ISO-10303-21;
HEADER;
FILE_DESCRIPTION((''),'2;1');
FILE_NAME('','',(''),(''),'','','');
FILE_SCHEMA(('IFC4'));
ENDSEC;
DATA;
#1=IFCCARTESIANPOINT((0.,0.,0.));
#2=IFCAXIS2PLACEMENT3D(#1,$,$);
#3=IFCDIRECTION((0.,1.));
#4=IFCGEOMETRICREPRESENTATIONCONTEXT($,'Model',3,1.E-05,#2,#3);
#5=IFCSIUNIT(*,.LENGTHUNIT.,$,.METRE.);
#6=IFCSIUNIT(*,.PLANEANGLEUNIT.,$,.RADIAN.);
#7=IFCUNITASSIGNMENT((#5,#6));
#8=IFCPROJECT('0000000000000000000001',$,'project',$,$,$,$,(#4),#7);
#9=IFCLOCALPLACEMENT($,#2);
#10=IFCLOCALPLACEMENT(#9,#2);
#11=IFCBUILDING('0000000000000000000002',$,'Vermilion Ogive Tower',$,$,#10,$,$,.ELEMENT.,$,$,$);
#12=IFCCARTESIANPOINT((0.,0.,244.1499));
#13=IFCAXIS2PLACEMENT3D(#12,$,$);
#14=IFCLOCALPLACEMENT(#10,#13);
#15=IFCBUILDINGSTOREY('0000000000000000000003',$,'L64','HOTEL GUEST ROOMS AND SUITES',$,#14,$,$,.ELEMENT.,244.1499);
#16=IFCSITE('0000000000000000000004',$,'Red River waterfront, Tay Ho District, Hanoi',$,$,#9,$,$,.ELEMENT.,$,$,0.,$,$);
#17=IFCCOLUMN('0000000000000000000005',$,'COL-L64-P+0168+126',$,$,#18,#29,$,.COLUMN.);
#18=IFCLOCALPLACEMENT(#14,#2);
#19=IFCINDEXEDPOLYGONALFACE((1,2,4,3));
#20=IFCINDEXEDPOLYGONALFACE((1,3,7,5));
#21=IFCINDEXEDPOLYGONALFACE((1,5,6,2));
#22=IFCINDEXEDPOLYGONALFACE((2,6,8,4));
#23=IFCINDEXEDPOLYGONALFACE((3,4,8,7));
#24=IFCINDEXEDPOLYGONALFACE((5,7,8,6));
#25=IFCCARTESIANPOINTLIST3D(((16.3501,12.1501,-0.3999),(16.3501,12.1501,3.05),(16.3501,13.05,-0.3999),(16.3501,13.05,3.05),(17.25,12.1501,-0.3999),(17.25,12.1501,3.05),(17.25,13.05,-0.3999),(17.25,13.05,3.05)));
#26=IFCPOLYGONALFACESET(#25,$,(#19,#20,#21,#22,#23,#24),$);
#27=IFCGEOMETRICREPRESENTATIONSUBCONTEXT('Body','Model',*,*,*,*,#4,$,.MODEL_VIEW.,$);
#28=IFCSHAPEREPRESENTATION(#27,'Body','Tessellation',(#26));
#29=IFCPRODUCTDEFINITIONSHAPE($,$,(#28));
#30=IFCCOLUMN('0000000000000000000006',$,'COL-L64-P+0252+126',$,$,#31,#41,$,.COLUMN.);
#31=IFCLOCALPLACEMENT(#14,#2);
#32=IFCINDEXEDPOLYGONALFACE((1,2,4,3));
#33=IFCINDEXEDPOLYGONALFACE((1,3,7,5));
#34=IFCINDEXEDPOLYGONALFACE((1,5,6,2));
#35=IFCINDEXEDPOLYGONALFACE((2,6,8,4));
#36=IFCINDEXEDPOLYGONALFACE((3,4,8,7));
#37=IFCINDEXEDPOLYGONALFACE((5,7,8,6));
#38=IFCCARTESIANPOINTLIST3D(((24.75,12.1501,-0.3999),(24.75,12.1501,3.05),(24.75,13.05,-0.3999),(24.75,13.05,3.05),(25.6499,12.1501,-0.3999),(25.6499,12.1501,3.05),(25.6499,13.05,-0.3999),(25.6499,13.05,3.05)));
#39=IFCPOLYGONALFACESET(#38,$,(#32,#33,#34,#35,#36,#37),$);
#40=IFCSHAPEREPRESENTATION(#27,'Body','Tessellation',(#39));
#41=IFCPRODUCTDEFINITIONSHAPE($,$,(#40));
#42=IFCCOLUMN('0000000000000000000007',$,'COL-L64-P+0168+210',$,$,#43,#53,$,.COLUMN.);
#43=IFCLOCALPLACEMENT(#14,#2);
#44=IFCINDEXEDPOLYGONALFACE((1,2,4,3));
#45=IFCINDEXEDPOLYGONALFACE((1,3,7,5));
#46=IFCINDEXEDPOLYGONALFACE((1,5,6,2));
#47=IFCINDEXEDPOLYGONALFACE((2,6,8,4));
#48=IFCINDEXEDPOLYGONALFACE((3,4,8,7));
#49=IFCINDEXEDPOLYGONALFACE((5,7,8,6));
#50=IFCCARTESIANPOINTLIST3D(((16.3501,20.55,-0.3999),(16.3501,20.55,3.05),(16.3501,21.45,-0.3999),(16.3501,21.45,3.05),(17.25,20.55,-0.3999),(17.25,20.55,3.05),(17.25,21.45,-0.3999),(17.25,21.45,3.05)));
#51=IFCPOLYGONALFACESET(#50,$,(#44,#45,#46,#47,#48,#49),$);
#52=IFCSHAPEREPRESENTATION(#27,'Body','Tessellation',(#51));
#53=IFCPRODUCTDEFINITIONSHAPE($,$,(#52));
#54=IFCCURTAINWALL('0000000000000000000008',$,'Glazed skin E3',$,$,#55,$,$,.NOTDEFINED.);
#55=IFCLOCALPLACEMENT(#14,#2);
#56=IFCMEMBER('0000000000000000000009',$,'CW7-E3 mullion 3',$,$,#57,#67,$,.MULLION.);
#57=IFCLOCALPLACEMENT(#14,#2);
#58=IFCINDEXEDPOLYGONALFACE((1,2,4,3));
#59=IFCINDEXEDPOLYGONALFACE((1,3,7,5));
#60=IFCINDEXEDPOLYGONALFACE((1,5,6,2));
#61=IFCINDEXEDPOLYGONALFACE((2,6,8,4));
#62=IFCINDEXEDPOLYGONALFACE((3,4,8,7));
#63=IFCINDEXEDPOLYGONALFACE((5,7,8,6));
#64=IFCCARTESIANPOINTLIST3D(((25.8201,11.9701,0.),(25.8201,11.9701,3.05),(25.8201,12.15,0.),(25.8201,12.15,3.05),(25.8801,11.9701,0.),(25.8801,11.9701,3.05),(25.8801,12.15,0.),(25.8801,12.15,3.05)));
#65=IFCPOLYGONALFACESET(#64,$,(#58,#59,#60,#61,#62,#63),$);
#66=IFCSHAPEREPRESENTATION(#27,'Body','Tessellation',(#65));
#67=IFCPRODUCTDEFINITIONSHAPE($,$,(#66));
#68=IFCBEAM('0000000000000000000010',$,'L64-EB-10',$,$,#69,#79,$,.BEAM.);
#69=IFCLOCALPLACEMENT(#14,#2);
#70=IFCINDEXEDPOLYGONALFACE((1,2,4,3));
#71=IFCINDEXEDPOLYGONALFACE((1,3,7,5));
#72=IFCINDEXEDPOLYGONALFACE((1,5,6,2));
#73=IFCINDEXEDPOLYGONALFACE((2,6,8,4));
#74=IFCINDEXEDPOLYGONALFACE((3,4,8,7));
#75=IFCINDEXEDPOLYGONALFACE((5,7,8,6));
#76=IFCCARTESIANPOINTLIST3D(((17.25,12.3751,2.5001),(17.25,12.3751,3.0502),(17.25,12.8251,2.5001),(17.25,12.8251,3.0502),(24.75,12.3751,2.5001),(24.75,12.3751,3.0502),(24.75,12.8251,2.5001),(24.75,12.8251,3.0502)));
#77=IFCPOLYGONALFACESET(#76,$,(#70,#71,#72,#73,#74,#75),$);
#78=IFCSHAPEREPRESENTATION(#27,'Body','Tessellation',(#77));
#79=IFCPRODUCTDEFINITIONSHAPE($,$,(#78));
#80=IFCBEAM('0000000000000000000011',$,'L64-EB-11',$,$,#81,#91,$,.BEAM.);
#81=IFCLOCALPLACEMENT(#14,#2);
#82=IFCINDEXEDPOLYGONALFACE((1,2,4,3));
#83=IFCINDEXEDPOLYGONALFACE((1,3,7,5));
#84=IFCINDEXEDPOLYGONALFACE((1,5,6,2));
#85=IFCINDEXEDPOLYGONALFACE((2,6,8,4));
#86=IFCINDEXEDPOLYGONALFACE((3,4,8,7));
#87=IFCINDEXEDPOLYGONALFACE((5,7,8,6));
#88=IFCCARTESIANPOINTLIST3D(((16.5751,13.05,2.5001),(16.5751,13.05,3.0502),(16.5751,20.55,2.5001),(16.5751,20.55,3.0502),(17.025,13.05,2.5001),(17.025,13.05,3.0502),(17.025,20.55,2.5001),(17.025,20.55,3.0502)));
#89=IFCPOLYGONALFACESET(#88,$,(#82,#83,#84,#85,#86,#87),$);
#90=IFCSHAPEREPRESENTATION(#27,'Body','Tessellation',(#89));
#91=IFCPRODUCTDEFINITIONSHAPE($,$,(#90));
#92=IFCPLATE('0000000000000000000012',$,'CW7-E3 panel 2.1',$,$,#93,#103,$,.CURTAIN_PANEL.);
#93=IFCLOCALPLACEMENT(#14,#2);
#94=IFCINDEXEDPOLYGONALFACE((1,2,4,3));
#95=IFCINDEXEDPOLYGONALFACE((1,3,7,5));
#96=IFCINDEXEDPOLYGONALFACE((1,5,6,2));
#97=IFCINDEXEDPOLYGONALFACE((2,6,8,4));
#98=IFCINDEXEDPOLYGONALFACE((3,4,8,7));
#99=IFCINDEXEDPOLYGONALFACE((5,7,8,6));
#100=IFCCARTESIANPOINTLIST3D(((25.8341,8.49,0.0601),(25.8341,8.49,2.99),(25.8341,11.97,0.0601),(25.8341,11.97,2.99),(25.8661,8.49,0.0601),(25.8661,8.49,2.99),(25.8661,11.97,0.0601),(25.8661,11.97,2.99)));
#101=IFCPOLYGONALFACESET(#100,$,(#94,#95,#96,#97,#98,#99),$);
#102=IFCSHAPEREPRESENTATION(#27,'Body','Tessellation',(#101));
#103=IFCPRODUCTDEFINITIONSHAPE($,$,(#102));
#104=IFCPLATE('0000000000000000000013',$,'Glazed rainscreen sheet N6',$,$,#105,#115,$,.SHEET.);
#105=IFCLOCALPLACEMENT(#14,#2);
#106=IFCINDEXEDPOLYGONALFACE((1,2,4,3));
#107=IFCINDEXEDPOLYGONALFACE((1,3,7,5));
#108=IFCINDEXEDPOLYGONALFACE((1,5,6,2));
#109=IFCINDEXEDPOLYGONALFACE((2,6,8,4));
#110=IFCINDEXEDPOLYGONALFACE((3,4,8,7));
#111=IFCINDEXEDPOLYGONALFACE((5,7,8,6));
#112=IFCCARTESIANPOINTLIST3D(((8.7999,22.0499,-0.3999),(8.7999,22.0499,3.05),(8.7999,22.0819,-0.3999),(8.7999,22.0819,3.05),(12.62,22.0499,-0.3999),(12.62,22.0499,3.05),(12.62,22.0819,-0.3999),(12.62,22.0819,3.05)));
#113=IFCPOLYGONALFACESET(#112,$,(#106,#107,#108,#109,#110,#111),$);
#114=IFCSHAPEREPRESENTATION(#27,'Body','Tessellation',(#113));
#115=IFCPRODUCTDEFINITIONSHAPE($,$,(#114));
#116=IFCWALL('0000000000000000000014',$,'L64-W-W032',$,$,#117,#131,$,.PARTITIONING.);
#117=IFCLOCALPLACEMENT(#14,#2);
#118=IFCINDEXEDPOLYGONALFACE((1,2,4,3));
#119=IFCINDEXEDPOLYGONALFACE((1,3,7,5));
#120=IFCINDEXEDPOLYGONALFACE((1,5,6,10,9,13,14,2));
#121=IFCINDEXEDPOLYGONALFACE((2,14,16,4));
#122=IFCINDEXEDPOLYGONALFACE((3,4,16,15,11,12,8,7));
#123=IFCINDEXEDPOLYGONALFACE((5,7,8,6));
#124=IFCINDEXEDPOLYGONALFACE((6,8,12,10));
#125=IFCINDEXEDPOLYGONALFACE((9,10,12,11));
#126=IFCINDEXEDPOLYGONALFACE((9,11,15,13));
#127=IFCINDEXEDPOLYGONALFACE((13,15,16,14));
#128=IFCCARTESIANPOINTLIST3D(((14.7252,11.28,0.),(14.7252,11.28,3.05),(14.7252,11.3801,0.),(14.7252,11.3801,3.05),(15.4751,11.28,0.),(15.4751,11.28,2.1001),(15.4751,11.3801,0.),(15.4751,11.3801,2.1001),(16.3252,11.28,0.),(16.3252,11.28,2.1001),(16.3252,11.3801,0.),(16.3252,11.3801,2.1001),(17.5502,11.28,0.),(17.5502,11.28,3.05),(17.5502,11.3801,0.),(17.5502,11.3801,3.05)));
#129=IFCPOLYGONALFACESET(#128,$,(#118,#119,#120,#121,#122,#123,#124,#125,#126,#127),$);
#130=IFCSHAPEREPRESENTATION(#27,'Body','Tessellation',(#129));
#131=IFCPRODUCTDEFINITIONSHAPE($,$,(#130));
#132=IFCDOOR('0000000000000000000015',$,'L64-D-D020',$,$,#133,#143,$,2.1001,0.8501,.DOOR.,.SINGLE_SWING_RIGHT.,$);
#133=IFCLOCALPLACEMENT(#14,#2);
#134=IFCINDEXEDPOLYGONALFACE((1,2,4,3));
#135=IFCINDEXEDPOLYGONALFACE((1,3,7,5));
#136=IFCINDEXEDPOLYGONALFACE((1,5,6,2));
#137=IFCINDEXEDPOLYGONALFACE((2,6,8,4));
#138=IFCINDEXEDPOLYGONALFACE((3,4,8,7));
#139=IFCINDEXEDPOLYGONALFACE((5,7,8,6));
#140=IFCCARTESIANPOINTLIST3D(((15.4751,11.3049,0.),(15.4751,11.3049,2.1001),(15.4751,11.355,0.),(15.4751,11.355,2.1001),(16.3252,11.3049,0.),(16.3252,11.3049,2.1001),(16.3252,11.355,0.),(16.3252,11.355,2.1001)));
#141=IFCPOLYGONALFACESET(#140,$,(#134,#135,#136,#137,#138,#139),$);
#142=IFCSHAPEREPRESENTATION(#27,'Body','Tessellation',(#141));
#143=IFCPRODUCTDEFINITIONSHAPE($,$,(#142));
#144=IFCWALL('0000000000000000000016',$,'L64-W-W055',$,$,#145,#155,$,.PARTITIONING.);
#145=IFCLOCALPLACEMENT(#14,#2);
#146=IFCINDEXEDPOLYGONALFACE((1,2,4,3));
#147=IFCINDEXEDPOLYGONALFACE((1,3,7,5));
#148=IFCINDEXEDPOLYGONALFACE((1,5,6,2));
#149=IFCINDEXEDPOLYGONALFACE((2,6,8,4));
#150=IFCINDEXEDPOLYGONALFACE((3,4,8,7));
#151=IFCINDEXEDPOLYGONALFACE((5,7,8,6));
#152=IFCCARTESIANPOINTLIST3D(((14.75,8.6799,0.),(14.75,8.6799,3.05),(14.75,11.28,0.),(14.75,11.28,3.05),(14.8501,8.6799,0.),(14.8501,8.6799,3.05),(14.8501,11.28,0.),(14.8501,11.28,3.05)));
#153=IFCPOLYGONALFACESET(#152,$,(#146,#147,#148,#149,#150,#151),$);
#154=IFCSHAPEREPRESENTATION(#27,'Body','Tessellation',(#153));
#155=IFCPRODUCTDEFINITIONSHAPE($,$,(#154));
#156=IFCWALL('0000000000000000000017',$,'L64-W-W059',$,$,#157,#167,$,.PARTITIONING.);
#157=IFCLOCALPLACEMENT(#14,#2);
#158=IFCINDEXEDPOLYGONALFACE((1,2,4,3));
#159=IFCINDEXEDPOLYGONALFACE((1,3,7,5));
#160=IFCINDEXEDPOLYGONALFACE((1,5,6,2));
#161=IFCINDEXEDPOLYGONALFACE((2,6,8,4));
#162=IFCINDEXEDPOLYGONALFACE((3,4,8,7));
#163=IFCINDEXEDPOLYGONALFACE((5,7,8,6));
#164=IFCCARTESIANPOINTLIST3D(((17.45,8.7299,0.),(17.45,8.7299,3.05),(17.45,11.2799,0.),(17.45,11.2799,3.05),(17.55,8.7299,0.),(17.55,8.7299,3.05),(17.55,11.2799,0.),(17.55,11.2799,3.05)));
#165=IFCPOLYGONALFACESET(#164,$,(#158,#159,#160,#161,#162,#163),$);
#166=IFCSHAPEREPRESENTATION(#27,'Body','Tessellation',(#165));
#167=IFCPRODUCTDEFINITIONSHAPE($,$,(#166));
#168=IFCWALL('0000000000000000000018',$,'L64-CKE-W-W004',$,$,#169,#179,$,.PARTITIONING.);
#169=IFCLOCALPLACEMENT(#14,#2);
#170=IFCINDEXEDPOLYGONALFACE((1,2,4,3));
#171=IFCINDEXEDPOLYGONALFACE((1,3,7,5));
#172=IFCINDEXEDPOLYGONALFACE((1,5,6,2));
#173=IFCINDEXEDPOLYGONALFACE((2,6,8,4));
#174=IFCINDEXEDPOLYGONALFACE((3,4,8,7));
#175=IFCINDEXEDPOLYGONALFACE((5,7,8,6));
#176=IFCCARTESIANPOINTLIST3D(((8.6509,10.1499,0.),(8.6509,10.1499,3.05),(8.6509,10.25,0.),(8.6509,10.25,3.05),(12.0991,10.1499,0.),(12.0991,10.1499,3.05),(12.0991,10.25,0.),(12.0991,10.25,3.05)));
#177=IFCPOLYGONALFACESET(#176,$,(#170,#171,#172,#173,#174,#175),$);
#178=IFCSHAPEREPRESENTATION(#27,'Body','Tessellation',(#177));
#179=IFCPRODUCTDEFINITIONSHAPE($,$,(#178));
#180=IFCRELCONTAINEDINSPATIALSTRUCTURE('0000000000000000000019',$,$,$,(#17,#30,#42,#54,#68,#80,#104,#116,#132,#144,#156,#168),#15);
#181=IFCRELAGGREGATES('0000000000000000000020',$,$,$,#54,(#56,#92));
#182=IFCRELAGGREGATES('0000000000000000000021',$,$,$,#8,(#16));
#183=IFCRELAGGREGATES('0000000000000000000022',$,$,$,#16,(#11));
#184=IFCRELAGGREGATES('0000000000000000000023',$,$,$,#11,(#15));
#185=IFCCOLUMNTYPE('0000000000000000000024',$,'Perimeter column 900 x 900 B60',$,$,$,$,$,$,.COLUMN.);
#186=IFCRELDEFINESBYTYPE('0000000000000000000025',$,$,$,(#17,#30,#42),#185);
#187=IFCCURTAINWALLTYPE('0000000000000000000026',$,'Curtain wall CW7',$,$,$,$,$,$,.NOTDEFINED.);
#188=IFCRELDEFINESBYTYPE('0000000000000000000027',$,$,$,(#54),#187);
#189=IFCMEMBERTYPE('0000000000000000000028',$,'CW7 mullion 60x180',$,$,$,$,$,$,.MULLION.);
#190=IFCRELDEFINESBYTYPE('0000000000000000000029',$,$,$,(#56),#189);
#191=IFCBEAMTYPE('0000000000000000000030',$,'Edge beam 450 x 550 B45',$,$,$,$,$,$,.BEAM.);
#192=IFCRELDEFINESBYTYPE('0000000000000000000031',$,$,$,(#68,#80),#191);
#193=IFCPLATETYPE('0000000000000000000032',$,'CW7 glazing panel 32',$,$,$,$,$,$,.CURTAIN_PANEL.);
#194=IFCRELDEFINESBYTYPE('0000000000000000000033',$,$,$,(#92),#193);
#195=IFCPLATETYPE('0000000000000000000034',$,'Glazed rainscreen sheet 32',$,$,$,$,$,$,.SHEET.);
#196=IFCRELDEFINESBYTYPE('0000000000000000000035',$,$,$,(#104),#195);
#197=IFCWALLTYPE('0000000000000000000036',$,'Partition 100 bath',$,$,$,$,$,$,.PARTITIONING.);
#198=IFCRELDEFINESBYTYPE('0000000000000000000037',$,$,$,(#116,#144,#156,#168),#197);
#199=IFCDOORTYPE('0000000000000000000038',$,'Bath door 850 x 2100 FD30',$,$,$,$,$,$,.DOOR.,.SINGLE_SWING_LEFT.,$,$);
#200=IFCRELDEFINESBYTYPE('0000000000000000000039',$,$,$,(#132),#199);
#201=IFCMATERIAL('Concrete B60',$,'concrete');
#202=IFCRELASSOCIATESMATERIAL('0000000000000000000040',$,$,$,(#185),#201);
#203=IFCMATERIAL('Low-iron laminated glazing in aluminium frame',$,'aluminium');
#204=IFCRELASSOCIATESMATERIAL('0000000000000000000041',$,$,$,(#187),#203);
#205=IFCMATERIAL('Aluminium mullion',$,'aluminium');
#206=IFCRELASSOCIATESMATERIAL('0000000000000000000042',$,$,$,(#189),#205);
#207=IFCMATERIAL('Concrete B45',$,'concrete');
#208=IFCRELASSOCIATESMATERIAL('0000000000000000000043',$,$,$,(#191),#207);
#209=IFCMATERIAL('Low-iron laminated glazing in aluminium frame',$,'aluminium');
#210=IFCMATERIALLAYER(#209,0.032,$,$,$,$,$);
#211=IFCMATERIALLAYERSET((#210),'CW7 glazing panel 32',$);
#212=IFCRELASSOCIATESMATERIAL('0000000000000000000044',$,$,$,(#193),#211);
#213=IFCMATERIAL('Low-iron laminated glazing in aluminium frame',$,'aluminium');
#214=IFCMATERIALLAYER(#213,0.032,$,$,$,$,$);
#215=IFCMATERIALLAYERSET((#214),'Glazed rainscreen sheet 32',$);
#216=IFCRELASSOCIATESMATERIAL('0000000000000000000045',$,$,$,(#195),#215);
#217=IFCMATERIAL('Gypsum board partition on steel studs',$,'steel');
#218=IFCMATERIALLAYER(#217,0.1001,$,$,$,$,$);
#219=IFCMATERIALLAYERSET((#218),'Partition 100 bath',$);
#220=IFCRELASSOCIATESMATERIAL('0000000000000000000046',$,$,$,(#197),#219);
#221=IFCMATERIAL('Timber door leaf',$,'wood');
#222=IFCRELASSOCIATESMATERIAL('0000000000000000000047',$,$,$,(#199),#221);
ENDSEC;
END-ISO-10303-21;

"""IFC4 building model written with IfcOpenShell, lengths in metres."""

from ifc_helpers import new_model, si_unit, direction, frame, frame_2d, origin, origin_2d, place, context, subcontext, project, spatial, rectangle, extrude, material, layer, layer_set, material_profile, profile_set, type_object, element, fill, aggregate, save


model = new_model("IFC4")

# Units and contexts
model_context = context("Model", 3, precision=1e-05, world=origin(), true_north=direction((0.0, 1.0)))
body_context = subcontext(model_context, "Body", "Model", "MODEL_VIEW")
ifc_project = project(units=[si_unit("LENGTHUNIT", "METRE"), si_unit("PLANEANGLEUNIT", "RADIAN")], contexts=[model_context])

# Site, building, storey
site_placement = place(None, origin())
site = spatial("IfcSite", under=ifc_project, at=site_placement, Name="Red River waterfront, Tay Ho District, Hanoi", CompositionType="ELEMENT", RefElevation=0.0)
building_placement = place(site_placement, origin())
building = spatial("IfcBuilding", under=site, at=building_placement, Name="Vermilion Ogive Tower", CompositionType="ELEMENT")
storey_placement = place(building_placement, frame((0.0, 0.0, 244.1499)))
storey = spatial("IfcBuildingStorey", under=building, at=storey_placement, Name="L64", Description="HOTEL GUEST ROOMS AND SUITES", CompositionType="ELEMENT", Elevation=244.1499)

# Columns
ifc_material_1 = material(Name="Concrete B60", Category="concrete")
ifc_material_profile_1 = material_profile(ifc_material_1, rectangle(XDim=0.8999, YDim=0.8999, at=origin_2d()), Name="900 x 900")
ifc_profile_set_1 = profile_set([ifc_material_profile_1], Name="Concrete B60")
column_type = type_object("IfcColumnType", Name="Perimeter column 900 x 900 B60", PredefinedType="COLUMN", material=ifc_profile_set_1)
for number, where, z_axis, x_axis, name in (
    (1, (16.8, 12.6001, -0.3999), (0.0, 0.0, 1.0), (1.0, 0.0, 0.0), "COL-L64-P+0168+126"),
    (2, (25.2, 12.6001, -0.3999), (0.0, 0.0, 1.0), (1.0, 0.0, 0.0), "COL-L64-P+0252+126"),
    (3, (16.8, 21.0, -0.3999), (0.0, 0.0, 1.0), (1.0, 0.0, 0.0), "COL-L64-P+0168+210"),
):
    element("IfcColumn", number, at=place(storey_placement, frame(where, z_axis=z_axis, x_axis=x_axis)), inside=storey, type_object=column_type, Name=name, PredefinedType="COLUMN", context=body_context, shape_type="SweptSolid", body=[
        extrude(rectangle(XDim=0.8999, YDim=0.8999, at=origin_2d()), origin(), (0.0, 0.0, 1.0), 3.45),
    ])

# Curtain wall, member
ifc_material_2 = material(Name="Low-iron laminated glazing in aluminium frame", Category="aluminium")
curtain_wall_type = type_object("IfcCurtainWallType", Name="Curtain wall CW7", PredefinedType="NOTDEFINED", material=ifc_material_2)
curtain_wall_placement = place(storey_placement, origin())
curtain_wall = element("IfcCurtainWall", 4, at=curtain_wall_placement, inside=storey, type_object=curtain_wall_type, Name="Glazed skin E3", PredefinedType="NOTDEFINED")
ifc_material_3 = material(Name="Aluminium mullion", Category="aluminium")
ifc_material_profile_2 = material_profile(ifc_material_3, rectangle(XDim=0.0601, YDim=0.1799, at=origin_2d()), Name="AL 60x180")
ifc_profile_set_2 = profile_set([ifc_material_profile_2], Name="Aluminium mullion")
member_type = type_object("IfcMemberType", Name="CW7 mullion 60x180", PredefinedType="MULLION", material=ifc_profile_set_2)
member_placement = place(storey_placement, frame((25.8501, 12.0601, 0.0), z_axis=(0.0, 0.0, 1.0), x_axis=(-1.0, 0.0, 0.0)))
member = element("IfcMember", 5, at=member_placement, type_object=member_type, Name="CW7-E3 mullion 3", PredefinedType="MULLION", context=body_context, shape_type="SweptSolid", body=[
    extrude(rectangle(XDim=0.0601, YDim=0.1799, at=origin_2d()), origin(), (0.0, 0.0, 1.0), 3.05),
])

# Beams
ifc_material_4 = material(Name="Concrete B45", Category="concrete")
ifc_material_profile_3 = material_profile(ifc_material_4, rectangle(XDim=0.45, YDim=0.55, at=origin_2d()), Name="450 x 550")
ifc_profile_set_3 = profile_set([ifc_material_profile_3], Name="Concrete B45")
beam_type = type_object("IfcBeamType", Name="Edge beam 450 x 550 B45", PredefinedType="BEAM", material=ifc_profile_set_3)
for number, where, z_axis, x_axis, name in (
    (6, (24.75, 12.6001, 2.7751), (-1.0, 0.0, 0.0), (0.0, -1.0, 0.0), "L64-EB-10"),
    (7, (16.8, 13.05, 2.7751), (0.0, 1.0, 0.0), (-1.0, 0.0, 0.0), "L64-EB-11"),
):
    element("IfcBeam", number, at=place(storey_placement, frame(where, z_axis=z_axis, x_axis=x_axis)), inside=storey, type_object=beam_type, Name=name, PredefinedType="BEAM", context=body_context, shape_type="SweptSolid", body=[
        extrude(rectangle(XDim=0.45, YDim=0.55, at=origin_2d()), origin(), (0.0, 0.0, 1.0), 7.5),
    ])

# Plates
ifc_material_5 = material(Name="Low-iron laminated glazing in aluminium frame", Category="aluminium")
ifc_layer_1 = layer(ifc_material_5, 0.032)
ifc_layer_set_1 = layer_set([ifc_layer_1], Name="CW7 glazing panel 32")
plate_type_1 = type_object("IfcPlateType", Name="CW7 glazing panel 32", PredefinedType="CURTAIN_PANEL", material=ifc_layer_set_1)
plate_1_placement = place(storey_placement, frame((25.8501, 10.23, 0.0601), z_axis=(0.0, 0.0, 1.0), x_axis=(0.0, 1.0, 0.0)))
plate_1 = element("IfcPlate", 8, at=plate_1_placement, type_object=plate_type_1, Name="CW7-E3 panel 2.1", PredefinedType="CURTAIN_PANEL", context=body_context, shape_type="SweptSolid", body=[
    extrude(rectangle(XDim=3.48, YDim=0.032, at=origin_2d()), origin(), (0.0, 0.0, 1.0), 2.9299),
])
aggregate(curtain_wall, [member, plate_1])
ifc_material_6 = material(Name="Low-iron laminated glazing in aluminium frame", Category="aluminium")
ifc_layer_2 = layer(ifc_material_6, 0.032)
ifc_layer_set_2 = layer_set([ifc_layer_2], Name="Glazed rainscreen sheet 32")
plate_type_2 = type_object("IfcPlateType", Name="Glazed rainscreen sheet 32", PredefinedType="SHEET", material=ifc_layer_set_2)
plate_2_placement = place(storey_placement, frame((10.71, 22.0659, -0.3999), z_axis=(0.0, 0.0, 1.0), x_axis=(1.0, 0.0, 0.0)))
element("IfcPlate", 9, at=plate_2_placement, inside=storey, type_object=plate_type_2, Name="Glazed rainscreen sheet N6", PredefinedType="SHEET", context=body_context, shape_type="SweptSolid", body=[
    extrude(rectangle(XDim=3.8201, YDim=0.032, at=origin_2d()), origin(), (0.0, 0.0, 1.0), 3.45),
])

# Wall, opening, door
ifc_material_7 = material(Name="Gypsum board partition on steel studs", Category="steel")
ifc_layer_3 = layer(ifc_material_7, 0.1001)
ifc_layer_set_3 = layer_set([ifc_layer_3], Name="Partition 100 bath")
wall_type_1 = type_object("IfcWallType", Name="Partition 100 bath", PredefinedType="PARTITIONING", material=ifc_layer_set_3)
wall_1_placement = place(storey_placement, frame((14.7251, 11.3301, 0.0), z_axis=(0.0, 0.0, 1.0), x_axis=(1.0, 0.0, 0.0)))
wall_1 = element("IfcWall", 10, at=wall_1_placement, inside=storey, type_object=wall_type_1, Name="L64-W-W032", PredefinedType="PARTITIONING", context=body_context, shape_type="SweptSolid", body=[
    extrude(rectangle(XDim=2.825, YDim=0.1001, at=frame_2d((1.4126, 0.0))), origin(), (0.0, 0.0, 1.0), 3.05),
])
opening_1_placement = place(wall_1_placement, frame((0.75, 0.0, 0.0)))
opening_1 = element("IfcOpeningElement", 11, at=opening_1_placement, cuts=wall_1, PredefinedType="OPENING", context=body_context, shape_type="SweptSolid", body=[
    extrude(rectangle(XDim=0.8501, YDim=2.1001, at=frame_2d((0.425, 1.05))), frame((0.0, 0.0601, 0.0), z_axis=(0.0, -1.0, 0.0), x_axis=(1.0, 0.0, 0.0)), (0.0, 0.0, 1.0), 0.1201),
])
ifc_material_8 = material(Name="Timber door leaf", Category="wood")
door_type_1 = type_object("IfcDoorType", Name="Bath door 850 x 2100 FD30", OperationType="SINGLE_SWING_LEFT", PredefinedType="DOOR", material=ifc_material_8)
door_1_placement = place(opening_1_placement, origin())
door_1 = element("IfcDoor", 12, at=door_1_placement, inside=storey, type_object=door_type_1, Name="L64-D-D020", OperationType="SINGLE_SWING_RIGHT", OverallHeight=2.1001, OverallWidth=0.8501, PredefinedType="DOOR", context=body_context, shape_type="SweptSolid", body=[
    extrude(rectangle(XDim=0.8501, YDim=2.1001, at=frame_2d((0.425, 1.05))), frame((0.0, 0.0249, 0.0), z_axis=(0.0, -1.0, 0.0), x_axis=(1.0, 0.0, 0.0)), (0.0, 0.0, 1.0), 0.05),
])
fill(opening_1, door_1)

# Walls
wall_2_placement = place(storey_placement, frame((14.8, 8.6799, 0.0), z_axis=(0.0, 0.0, 1.0), x_axis=(0.0, 1.0, 0.0)))
element("IfcWall", 13, at=wall_2_placement, inside=storey, type_object=wall_type_1, Name="L64-W-W055", PredefinedType="PARTITIONING", context=body_context, shape_type="SweptSolid", body=[
    extrude(rectangle(XDim=2.6001, YDim=0.1001, at=frame_2d((1.3, 0.0))), origin(), (0.0, 0.0, 1.0), 3.05),
])
wall_3_placement = place(storey_placement, frame((17.5, 8.73, 0.0), z_axis=(0.0, 0.0, 1.0), x_axis=(0.0, 1.0, 0.0)))
element("IfcWall", 14, at=wall_3_placement, inside=storey, type_object=wall_type_1, Name="L64-W-W059", PredefinedType="PARTITIONING", context=body_context, shape_type="SweptSolid", body=[
    extrude(rectangle(XDim=2.55, YDim=0.1001, at=frame_2d((1.2749, 0.0))), origin(), (0.0, 0.0, 1.0), 3.05),
])
wall_4_placement = place(storey_placement, frame((8.6509, 10.2, 0.0), z_axis=(0.0, 0.0, 1.0), x_axis=(1.0, 0.0, 0.0)))
element("IfcWall", 15, at=wall_4_placement, inside=storey, type_object=wall_type_1, Name="L64-CKE-W-W004", PredefinedType="PARTITIONING", context=body_context, shape_type="SweptSolid", body=[
    extrude(rectangle(XDim=3.4482, YDim=0.1001, at=frame_2d((1.7241, 0.0))), origin(), (0.0, 0.0, 1.0), 3.05),
])

save(model, "model.ifc")
